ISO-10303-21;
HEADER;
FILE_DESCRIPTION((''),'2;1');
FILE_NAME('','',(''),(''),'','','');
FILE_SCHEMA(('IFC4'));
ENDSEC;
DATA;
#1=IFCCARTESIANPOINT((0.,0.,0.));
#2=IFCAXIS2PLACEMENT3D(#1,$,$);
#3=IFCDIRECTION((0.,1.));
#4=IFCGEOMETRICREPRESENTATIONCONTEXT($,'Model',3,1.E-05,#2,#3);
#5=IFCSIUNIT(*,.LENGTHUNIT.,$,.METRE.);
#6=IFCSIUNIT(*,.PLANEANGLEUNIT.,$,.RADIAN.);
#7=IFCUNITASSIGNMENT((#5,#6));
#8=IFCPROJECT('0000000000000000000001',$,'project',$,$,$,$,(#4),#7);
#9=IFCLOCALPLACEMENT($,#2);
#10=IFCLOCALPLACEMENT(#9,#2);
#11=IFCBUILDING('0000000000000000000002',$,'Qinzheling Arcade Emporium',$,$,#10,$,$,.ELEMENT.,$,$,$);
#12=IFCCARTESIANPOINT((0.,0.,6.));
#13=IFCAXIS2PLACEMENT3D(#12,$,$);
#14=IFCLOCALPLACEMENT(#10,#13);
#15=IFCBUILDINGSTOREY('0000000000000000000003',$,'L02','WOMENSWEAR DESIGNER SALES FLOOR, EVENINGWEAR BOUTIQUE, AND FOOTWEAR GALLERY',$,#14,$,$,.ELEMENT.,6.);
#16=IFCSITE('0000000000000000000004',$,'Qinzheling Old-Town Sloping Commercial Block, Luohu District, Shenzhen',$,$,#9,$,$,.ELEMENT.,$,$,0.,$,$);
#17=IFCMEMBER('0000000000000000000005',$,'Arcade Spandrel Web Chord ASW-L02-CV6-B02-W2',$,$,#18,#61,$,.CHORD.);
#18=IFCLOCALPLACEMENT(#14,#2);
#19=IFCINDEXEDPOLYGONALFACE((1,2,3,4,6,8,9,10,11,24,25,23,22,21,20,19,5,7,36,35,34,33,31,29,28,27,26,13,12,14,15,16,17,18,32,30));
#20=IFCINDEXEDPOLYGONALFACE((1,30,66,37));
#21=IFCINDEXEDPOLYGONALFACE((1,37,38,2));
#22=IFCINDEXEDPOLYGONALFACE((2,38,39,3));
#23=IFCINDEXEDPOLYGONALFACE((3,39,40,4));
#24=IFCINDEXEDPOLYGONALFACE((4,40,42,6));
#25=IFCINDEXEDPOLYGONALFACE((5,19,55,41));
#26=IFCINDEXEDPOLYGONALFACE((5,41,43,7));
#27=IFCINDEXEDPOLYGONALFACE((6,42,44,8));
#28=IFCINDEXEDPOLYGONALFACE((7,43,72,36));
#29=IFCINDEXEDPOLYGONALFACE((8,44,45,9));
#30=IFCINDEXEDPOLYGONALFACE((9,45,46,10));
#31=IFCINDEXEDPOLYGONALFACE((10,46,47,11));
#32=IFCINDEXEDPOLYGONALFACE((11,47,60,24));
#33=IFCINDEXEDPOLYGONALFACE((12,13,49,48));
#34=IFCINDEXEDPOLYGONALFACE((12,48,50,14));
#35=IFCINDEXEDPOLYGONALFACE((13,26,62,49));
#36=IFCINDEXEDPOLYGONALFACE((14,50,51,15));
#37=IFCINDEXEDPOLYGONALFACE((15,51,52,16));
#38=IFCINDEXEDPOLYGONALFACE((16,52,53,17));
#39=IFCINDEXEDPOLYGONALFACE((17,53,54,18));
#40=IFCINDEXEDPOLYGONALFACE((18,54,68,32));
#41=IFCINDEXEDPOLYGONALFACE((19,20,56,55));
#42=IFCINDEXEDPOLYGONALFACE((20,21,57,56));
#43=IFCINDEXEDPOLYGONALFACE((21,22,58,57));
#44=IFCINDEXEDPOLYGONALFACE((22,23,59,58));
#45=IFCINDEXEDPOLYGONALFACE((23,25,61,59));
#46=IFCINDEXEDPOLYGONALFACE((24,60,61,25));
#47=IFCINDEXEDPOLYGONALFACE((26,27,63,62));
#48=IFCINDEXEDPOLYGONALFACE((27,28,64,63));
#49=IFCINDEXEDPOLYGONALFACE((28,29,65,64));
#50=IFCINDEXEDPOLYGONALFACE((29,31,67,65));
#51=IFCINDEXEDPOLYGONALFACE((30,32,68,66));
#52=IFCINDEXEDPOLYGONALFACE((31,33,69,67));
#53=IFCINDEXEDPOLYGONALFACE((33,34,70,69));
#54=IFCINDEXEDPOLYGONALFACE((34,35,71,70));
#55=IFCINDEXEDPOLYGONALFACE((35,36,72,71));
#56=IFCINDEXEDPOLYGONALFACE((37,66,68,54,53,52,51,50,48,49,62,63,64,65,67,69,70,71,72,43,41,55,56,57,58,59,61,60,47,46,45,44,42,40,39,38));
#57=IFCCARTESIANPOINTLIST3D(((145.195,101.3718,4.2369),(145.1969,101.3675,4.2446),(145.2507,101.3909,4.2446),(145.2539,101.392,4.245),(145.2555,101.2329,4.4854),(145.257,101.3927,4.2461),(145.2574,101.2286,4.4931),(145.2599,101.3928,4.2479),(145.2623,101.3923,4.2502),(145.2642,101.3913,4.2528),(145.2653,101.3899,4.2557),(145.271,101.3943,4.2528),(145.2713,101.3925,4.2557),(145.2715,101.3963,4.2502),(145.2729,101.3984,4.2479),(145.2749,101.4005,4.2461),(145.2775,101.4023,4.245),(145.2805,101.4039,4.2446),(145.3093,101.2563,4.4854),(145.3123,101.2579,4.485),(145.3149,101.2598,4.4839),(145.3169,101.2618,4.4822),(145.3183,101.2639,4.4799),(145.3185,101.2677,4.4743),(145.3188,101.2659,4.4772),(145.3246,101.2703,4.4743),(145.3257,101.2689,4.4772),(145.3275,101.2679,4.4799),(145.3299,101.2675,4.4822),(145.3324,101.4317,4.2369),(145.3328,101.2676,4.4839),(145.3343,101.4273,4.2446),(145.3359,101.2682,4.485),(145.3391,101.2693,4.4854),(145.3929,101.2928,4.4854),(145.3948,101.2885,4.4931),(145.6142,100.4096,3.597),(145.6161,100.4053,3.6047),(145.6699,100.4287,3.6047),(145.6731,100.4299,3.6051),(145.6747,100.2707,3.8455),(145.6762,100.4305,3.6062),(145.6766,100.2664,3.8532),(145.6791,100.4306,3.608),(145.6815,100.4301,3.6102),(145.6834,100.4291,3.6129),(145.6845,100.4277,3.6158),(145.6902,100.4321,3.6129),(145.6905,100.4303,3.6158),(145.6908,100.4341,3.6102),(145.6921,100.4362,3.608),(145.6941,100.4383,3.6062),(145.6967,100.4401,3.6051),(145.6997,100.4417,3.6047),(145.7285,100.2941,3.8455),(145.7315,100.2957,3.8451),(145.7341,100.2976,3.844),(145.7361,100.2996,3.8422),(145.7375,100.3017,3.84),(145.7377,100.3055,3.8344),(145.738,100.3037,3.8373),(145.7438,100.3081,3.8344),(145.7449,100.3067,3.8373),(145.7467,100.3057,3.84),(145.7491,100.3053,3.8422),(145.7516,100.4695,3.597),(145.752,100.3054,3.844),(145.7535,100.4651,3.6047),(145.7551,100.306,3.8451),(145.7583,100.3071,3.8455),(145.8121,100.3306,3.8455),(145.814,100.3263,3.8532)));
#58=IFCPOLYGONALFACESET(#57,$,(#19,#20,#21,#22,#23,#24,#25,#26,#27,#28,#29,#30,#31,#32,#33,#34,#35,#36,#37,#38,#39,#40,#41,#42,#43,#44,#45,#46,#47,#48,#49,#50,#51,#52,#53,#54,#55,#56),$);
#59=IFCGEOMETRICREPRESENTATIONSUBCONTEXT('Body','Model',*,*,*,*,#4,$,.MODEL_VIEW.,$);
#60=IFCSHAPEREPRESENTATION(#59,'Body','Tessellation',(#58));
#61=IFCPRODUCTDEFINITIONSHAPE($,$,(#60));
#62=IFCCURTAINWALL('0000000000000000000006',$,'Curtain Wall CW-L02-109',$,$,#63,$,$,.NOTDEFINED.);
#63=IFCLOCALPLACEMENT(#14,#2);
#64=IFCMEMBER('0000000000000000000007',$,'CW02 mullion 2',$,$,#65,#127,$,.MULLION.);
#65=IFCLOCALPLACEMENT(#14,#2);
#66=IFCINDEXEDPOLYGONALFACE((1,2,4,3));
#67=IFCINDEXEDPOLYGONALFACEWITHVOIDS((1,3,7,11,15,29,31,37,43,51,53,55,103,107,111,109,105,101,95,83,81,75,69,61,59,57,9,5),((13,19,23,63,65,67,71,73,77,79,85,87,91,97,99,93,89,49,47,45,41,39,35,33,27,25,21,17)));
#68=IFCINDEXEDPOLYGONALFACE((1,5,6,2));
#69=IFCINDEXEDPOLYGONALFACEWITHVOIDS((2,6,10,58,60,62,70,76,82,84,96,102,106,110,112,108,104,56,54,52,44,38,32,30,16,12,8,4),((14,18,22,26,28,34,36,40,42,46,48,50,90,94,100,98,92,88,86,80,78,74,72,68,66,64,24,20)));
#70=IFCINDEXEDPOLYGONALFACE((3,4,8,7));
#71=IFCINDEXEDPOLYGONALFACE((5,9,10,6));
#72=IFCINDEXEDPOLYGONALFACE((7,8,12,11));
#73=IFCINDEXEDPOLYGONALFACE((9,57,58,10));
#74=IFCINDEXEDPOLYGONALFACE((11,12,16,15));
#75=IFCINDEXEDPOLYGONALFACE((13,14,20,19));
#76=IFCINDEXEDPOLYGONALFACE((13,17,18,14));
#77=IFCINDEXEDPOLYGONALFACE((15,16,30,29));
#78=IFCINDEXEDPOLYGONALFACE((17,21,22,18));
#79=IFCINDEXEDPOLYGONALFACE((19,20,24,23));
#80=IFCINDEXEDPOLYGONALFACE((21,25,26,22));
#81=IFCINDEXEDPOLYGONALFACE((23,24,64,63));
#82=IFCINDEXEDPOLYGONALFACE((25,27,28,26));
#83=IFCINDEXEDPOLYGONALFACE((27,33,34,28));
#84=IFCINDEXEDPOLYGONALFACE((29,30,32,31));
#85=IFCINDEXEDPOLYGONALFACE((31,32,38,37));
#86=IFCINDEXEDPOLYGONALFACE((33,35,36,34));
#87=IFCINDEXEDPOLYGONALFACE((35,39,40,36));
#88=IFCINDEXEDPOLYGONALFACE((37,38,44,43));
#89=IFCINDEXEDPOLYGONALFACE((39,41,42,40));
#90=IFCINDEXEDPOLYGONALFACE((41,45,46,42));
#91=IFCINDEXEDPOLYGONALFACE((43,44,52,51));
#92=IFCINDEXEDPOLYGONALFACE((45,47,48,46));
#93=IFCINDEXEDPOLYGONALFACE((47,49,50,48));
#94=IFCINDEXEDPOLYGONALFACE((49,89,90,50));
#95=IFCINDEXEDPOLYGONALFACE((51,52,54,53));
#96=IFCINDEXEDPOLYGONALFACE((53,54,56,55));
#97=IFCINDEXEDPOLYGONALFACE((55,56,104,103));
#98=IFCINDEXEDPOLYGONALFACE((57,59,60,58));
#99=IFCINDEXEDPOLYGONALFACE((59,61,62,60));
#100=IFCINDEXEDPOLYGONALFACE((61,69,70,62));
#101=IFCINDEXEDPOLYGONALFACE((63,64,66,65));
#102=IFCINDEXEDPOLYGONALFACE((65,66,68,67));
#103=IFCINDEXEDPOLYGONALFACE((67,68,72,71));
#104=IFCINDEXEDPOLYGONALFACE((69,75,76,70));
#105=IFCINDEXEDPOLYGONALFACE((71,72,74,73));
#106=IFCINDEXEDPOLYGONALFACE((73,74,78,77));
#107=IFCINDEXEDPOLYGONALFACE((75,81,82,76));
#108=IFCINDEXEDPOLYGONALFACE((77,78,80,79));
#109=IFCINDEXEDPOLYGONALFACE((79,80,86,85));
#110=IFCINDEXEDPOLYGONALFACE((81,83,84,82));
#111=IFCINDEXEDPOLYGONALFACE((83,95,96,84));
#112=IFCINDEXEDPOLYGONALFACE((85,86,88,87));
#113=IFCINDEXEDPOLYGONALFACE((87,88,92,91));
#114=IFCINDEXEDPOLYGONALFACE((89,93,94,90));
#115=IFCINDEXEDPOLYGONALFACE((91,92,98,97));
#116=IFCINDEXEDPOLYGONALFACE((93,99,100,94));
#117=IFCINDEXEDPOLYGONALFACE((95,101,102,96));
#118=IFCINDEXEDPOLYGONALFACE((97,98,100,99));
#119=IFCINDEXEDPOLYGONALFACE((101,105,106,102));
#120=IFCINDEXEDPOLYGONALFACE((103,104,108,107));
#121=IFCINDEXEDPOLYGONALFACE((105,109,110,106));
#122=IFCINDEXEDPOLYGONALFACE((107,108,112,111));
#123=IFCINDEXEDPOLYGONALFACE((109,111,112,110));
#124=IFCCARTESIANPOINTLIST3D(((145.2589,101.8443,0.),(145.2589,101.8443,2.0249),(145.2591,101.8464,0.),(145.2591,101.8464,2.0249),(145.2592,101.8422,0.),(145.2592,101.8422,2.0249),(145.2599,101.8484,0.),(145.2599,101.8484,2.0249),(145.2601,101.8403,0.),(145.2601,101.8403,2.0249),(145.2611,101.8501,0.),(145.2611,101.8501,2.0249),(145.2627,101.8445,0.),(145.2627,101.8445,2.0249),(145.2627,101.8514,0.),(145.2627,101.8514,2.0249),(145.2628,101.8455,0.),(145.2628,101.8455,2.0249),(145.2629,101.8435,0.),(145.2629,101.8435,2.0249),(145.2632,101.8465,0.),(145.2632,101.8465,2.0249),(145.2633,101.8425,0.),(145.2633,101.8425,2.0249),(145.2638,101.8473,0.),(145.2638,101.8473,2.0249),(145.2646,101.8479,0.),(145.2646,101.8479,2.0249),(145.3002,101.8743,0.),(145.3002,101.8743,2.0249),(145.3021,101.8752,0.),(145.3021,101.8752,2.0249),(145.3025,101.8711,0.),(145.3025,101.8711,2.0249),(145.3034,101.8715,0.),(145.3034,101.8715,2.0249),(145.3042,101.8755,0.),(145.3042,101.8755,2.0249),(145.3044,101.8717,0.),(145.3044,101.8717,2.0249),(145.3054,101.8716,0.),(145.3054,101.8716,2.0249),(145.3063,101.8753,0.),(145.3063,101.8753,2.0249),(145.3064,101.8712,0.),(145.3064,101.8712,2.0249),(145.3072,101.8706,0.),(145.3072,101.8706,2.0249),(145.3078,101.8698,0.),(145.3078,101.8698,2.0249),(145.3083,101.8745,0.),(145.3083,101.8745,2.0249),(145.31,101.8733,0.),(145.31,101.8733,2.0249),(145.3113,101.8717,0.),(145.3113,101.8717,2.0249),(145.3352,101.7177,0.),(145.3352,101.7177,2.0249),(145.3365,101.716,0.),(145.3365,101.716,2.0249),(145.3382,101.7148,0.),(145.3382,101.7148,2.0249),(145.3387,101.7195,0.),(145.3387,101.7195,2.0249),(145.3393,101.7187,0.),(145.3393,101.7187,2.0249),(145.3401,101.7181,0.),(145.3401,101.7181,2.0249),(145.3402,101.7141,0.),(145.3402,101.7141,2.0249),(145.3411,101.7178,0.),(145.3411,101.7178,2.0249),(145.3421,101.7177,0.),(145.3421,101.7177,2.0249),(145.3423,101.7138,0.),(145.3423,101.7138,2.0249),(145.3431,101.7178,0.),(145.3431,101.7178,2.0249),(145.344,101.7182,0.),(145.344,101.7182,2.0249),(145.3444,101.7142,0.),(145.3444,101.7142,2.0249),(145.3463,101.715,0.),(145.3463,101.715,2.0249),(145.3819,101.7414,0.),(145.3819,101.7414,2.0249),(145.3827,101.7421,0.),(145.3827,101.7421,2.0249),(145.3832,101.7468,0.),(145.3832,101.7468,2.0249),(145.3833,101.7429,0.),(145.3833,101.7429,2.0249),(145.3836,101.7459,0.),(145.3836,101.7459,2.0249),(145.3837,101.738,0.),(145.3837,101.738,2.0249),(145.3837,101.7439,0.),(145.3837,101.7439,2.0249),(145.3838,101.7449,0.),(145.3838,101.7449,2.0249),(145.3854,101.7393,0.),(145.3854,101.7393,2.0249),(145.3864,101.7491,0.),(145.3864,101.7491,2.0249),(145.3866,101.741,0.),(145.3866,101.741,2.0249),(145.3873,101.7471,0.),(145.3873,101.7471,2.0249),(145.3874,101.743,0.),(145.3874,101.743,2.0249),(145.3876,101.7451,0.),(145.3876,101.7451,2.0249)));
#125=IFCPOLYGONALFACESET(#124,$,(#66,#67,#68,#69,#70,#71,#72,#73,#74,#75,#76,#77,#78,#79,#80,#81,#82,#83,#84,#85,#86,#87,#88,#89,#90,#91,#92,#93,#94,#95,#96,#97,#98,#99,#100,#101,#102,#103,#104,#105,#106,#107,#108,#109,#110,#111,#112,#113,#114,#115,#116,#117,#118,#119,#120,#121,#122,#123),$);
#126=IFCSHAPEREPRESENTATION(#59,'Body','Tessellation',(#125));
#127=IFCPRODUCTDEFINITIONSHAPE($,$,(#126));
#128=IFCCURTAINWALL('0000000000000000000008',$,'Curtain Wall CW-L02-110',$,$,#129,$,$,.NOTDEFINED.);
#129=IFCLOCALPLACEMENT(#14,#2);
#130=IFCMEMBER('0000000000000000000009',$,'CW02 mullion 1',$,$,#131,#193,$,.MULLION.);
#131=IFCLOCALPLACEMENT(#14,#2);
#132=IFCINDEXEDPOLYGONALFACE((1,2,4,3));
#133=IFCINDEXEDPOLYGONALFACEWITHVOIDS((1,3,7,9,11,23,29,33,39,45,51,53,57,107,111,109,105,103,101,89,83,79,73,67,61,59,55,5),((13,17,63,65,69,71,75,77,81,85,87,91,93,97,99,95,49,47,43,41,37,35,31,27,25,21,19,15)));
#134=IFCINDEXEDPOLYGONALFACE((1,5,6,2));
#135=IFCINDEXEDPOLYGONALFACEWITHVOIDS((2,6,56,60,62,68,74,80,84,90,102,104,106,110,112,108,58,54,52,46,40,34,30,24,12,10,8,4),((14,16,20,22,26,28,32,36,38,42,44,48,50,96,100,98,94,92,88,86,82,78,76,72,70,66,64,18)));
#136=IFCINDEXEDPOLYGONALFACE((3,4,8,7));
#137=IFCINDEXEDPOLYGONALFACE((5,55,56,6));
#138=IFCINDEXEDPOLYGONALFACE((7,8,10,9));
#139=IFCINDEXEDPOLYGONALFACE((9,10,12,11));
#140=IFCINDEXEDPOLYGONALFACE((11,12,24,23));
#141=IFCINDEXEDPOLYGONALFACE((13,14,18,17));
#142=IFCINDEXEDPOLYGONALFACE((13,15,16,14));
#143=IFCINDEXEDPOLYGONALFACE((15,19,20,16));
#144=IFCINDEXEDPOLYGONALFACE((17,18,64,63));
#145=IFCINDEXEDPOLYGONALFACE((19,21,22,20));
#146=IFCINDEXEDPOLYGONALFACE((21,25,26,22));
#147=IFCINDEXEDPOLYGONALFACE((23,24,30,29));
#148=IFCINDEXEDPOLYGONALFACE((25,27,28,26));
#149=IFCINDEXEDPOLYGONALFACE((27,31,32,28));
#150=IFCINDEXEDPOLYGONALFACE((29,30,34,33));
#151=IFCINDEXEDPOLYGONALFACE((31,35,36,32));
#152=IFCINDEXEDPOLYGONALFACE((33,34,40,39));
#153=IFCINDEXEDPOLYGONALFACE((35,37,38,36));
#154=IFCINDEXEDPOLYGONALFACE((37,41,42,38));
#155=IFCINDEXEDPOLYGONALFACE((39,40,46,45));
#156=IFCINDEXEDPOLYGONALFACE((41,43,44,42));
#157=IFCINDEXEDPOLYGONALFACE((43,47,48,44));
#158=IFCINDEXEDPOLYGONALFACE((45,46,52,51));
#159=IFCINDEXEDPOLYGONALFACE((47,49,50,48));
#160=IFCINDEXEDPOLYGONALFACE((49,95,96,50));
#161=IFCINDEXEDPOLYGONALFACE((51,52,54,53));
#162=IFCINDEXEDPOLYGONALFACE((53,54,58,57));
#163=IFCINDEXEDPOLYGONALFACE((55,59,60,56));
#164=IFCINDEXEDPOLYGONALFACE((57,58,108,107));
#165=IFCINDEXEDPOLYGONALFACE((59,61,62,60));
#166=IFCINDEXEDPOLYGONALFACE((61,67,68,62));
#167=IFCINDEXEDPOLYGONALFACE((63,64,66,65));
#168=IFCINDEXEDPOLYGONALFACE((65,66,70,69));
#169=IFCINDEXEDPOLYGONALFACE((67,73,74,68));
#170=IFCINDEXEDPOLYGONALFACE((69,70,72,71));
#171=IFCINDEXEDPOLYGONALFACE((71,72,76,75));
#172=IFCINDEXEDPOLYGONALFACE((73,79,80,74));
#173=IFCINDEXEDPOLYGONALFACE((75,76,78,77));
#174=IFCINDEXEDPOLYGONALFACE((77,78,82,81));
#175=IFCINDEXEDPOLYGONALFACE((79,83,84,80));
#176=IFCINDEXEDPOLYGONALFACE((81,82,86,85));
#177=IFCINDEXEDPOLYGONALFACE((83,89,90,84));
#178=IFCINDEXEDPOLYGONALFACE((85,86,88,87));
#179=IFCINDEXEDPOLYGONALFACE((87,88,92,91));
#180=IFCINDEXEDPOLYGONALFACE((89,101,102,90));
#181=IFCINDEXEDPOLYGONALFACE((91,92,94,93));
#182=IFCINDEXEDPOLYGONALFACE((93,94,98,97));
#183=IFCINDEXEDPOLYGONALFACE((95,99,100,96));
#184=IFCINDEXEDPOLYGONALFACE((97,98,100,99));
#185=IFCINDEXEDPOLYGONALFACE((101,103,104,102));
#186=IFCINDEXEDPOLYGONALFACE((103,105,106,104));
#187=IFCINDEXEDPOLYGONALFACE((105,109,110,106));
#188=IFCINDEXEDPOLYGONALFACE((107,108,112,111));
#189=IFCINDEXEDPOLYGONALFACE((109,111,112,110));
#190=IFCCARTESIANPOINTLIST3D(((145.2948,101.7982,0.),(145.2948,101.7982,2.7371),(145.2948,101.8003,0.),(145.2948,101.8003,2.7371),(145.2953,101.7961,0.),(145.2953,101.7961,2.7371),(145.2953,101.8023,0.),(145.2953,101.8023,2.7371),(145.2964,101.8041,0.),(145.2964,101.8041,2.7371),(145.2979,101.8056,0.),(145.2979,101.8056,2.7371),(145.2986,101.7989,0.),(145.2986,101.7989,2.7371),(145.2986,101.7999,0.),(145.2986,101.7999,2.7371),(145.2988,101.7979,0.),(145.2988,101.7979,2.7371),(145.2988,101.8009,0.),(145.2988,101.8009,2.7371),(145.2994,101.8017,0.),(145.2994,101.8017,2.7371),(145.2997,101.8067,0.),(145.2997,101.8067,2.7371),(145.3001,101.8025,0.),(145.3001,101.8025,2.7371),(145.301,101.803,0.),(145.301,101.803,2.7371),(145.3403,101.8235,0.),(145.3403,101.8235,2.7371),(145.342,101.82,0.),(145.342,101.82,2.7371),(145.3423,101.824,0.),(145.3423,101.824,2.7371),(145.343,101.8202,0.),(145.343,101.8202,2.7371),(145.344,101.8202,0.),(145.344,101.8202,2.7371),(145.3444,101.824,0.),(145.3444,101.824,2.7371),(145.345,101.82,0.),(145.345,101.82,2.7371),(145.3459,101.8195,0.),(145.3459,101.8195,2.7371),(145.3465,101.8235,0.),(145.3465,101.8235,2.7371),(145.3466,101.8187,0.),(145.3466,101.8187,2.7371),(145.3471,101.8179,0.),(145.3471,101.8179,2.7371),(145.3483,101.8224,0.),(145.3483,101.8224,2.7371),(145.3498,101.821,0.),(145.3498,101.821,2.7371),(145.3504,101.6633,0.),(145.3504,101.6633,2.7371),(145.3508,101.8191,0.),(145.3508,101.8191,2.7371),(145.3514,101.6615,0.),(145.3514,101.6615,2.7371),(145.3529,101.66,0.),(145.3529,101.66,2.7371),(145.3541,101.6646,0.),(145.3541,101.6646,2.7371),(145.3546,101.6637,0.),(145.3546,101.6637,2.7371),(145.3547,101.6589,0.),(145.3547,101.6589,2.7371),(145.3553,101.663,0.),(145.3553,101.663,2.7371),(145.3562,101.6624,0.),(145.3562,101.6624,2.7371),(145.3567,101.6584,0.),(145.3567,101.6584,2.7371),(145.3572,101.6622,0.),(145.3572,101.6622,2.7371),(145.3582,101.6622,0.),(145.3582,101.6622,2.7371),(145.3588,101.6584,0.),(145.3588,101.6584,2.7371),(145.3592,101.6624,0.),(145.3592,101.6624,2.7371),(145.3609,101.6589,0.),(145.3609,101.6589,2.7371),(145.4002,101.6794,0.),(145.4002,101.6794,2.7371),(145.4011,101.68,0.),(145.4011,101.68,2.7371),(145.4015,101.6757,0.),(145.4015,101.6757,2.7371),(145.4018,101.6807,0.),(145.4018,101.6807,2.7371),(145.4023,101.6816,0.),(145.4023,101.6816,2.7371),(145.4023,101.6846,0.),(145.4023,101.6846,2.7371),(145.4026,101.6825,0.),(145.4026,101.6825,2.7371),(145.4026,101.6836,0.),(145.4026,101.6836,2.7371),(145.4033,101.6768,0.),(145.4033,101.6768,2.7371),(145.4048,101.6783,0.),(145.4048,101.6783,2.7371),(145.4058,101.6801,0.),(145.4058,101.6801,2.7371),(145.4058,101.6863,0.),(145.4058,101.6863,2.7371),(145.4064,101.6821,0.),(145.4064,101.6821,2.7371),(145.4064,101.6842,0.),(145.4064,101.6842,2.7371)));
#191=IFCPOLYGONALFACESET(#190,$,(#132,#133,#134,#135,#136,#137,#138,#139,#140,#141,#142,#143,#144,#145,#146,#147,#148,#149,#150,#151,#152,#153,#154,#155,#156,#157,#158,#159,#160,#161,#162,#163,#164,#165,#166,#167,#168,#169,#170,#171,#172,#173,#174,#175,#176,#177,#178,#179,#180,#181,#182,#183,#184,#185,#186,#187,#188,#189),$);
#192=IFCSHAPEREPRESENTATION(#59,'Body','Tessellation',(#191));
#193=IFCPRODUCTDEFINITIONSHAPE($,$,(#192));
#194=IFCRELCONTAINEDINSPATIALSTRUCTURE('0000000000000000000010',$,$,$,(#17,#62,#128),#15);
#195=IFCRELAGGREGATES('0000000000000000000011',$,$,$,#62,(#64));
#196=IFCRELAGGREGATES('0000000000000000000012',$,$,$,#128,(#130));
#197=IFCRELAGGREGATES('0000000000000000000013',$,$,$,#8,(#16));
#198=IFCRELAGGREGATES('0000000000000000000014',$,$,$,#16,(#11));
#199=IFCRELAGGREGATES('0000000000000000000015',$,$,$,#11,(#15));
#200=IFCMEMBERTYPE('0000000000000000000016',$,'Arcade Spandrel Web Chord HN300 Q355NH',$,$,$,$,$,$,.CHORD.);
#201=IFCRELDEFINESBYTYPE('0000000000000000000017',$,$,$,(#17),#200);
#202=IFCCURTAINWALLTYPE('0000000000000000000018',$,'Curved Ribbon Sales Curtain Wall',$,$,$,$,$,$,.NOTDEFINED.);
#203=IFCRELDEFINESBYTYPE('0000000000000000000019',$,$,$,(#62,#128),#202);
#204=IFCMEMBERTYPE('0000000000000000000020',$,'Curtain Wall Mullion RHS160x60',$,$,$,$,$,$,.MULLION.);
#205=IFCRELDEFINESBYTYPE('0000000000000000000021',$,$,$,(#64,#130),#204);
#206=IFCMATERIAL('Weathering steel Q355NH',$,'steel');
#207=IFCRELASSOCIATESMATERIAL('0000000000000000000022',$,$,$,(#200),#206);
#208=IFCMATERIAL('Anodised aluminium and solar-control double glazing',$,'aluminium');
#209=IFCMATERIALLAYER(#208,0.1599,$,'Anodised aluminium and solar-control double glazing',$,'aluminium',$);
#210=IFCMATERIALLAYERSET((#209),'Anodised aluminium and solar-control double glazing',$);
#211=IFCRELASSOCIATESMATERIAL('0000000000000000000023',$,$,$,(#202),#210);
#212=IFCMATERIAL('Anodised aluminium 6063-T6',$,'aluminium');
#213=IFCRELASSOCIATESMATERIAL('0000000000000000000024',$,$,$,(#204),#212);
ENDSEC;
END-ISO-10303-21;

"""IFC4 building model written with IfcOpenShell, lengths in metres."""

from ifc_helpers import new_model, si_unit, direction, frame, origin, origin_2d, place, context, subcontext, project, spatial, hollow_rectangle, i_section, extrude, material, layer, layer_set, material_profile, profile_set, type_object, element, aggregate, save


model = new_model("IFC4")

# Units and contexts
model_context = context("Model", 3, precision=1e-05, world=origin(), true_north=direction((0.0, 1.0)))
body_context = subcontext(model_context, "Body", "Model", "MODEL_VIEW")
ifc_project = project(units=[si_unit("LENGTHUNIT", "METRE"), si_unit("PLANEANGLEUNIT", "RADIAN")], contexts=[model_context])

# Site, building, storey
site_placement = place(None, origin())
site = spatial("IfcSite", under=ifc_project, at=site_placement, Name="Qinzheling Old-Town Sloping Commercial Block, Luohu District, Shenzhen", CompositionType="ELEMENT", RefElevation=0.0)
building_placement = place(site_placement, origin())
building = spatial("IfcBuilding", under=site, at=building_placement, Name="Qinzheling Arcade Emporium", CompositionType="ELEMENT")
storey_placement = place(building_placement, frame((0.0, 0.0, 6.0)))
storey = spatial("IfcBuildingStorey", under=building, at=storey_placement, Name="L02", Description="WOMENSWEAR DESIGNER SALES FLOOR, EVENINGWEAR BOUTIQUE, AND FOOTWEAR GALLERY", CompositionType="ELEMENT", Elevation=6.0)

# Shared definitions
ifc_material_1 = material(Name="Weathering steel Q355NH", Category="steel")

# Member
ifc_material_profile_1 = material_profile(ifc_material_1, i_section(OverallWidth=0.1499, OverallDepth=0.3, WebThickness=0.0066, FlangeThickness=0.009, FilletRadius=0.0129, at=origin_2d()), Name="HN 300x150x6.5x9", Category="steel")
ifc_profile_set_1 = profile_set([ifc_material_profile_1], Name="Weathering steel Q355NH")
member_type_1 = type_object("IfcMemberType", Name="Arcade Spandrel Web Chord HN300 Q355NH", PredefinedType="CHORD", material=ifc_profile_set_1)
member_1_placement = place(storey_placement, frame((145.7141, 100.3679, 3.7251), z_axis=(-0.341026, 0.782752, 0.520577), x_axis=(-0.91677, -0.399415, 0.0)))
element("IfcMember", 1, at=member_1_placement, inside=storey, type_object=member_type_1, Name="Arcade Spandrel Web Chord ASW-L02-CV6-B02-W2", PredefinedType="CHORD", context=body_context, shape_type="SweptSolid", body=[
    extrude(i_section(OverallWidth=0.1499, OverallDepth=0.3, WebThickness=0.0066, FlangeThickness=0.009, FilletRadius=0.0129, at=origin_2d()), origin(), (0.0, 0.0, 1.0), 1.2292),
])

# Curtain wall, member
ifc_material_2 = material(Name="Anodised aluminium and solar-control double glazing", Category="aluminium")
ifc_layer_1 = layer(ifc_material_2, 0.1599, Name="Anodised aluminium and solar-control double glazing", Category="aluminium")
ifc_layer_set_1 = layer_set([ifc_layer_1], Name="Anodised aluminium and solar-control double glazing")
curtain_wall_type = type_object("IfcCurtainWallType", Name="Curved Ribbon Sales Curtain Wall", PredefinedType="NOTDEFINED", material=ifc_layer_set_1)
curtain_wall_1_placement = place(storey_placement, origin())
curtain_wall_1 = element("IfcCurtainWall", 2, at=curtain_wall_1_placement, inside=storey, type_object=curtain_wall_type, Name="Curtain Wall CW-L02-109", PredefinedType="NOTDEFINED")
ifc_material_3 = material(Name="Anodised aluminium 6063-T6", Category="aluminium")
ifc_material_profile_2 = material_profile(ifc_material_3, hollow_rectangle(XDim=0.0601, YDim=0.1599, WallThickness=0.0039, InnerFilletRadius=0.0039, OuterFilletRadius=0.0081, at=origin_2d()), Name="RHS 160x60x4", Category="aluminium")
ifc_profile_set_2 = profile_set([ifc_material_profile_2], Name="Anodised aluminium 6063-T6")
member_type_2 = type_object("IfcMemberType", Name="Curtain Wall Mullion RHS160x60", PredefinedType="MULLION", material=ifc_profile_set_2)
member_2_placement = place(storey_placement, frame((145.3232, 101.7947, 0.0), z_axis=(0.0, 0.0, 1.0), x_axis=(0.852684, 0.522428, 0.0)))
member_2 = element("IfcMember", 3, at=member_2_placement, type_object=member_type_2, Name="CW02 mullion 2", PredefinedType="MULLION", context=body_context, shape_type="SweptSolid", body=[
    extrude(hollow_rectangle(XDim=0.0601, YDim=0.1599, WallThickness=0.0039, InnerFilletRadius=0.0039, OuterFilletRadius=0.0081, at=origin_2d()), origin(), (0.0, 0.0, 1.0), 2.0249),
])

# Curtain wall, member
curtain_wall_2_placement = place(storey_placement, origin())
curtain_wall_2 = element("IfcCurtainWall", 4, at=curtain_wall_2_placement, inside=storey, type_object=curtain_wall_type, Name="Curtain Wall CW-L02-110", PredefinedType="NOTDEFINED")
member_3_placement = place(storey_placement, frame((145.3506, 101.7412, 0.0), z_axis=(0.0, 0.0, 1.0), x_axis=(0.923901, 0.382631, 0.0)))
member_3 = element("IfcMember", 5, at=member_3_placement, type_object=member_type_2, Name="CW02 mullion 1", PredefinedType="MULLION", context=body_context, shape_type="SweptSolid", body=[
    extrude(hollow_rectangle(XDim=0.0601, YDim=0.1599, WallThickness=0.0039, InnerFilletRadius=0.0039, OuterFilletRadius=0.0081, at=origin_2d()), origin(), (0.0, 0.0, 1.0), 2.7371),
])

aggregate(curtain_wall_1, [member_2])
aggregate(curtain_wall_2, [member_3])

save(model, "model.ifc")
